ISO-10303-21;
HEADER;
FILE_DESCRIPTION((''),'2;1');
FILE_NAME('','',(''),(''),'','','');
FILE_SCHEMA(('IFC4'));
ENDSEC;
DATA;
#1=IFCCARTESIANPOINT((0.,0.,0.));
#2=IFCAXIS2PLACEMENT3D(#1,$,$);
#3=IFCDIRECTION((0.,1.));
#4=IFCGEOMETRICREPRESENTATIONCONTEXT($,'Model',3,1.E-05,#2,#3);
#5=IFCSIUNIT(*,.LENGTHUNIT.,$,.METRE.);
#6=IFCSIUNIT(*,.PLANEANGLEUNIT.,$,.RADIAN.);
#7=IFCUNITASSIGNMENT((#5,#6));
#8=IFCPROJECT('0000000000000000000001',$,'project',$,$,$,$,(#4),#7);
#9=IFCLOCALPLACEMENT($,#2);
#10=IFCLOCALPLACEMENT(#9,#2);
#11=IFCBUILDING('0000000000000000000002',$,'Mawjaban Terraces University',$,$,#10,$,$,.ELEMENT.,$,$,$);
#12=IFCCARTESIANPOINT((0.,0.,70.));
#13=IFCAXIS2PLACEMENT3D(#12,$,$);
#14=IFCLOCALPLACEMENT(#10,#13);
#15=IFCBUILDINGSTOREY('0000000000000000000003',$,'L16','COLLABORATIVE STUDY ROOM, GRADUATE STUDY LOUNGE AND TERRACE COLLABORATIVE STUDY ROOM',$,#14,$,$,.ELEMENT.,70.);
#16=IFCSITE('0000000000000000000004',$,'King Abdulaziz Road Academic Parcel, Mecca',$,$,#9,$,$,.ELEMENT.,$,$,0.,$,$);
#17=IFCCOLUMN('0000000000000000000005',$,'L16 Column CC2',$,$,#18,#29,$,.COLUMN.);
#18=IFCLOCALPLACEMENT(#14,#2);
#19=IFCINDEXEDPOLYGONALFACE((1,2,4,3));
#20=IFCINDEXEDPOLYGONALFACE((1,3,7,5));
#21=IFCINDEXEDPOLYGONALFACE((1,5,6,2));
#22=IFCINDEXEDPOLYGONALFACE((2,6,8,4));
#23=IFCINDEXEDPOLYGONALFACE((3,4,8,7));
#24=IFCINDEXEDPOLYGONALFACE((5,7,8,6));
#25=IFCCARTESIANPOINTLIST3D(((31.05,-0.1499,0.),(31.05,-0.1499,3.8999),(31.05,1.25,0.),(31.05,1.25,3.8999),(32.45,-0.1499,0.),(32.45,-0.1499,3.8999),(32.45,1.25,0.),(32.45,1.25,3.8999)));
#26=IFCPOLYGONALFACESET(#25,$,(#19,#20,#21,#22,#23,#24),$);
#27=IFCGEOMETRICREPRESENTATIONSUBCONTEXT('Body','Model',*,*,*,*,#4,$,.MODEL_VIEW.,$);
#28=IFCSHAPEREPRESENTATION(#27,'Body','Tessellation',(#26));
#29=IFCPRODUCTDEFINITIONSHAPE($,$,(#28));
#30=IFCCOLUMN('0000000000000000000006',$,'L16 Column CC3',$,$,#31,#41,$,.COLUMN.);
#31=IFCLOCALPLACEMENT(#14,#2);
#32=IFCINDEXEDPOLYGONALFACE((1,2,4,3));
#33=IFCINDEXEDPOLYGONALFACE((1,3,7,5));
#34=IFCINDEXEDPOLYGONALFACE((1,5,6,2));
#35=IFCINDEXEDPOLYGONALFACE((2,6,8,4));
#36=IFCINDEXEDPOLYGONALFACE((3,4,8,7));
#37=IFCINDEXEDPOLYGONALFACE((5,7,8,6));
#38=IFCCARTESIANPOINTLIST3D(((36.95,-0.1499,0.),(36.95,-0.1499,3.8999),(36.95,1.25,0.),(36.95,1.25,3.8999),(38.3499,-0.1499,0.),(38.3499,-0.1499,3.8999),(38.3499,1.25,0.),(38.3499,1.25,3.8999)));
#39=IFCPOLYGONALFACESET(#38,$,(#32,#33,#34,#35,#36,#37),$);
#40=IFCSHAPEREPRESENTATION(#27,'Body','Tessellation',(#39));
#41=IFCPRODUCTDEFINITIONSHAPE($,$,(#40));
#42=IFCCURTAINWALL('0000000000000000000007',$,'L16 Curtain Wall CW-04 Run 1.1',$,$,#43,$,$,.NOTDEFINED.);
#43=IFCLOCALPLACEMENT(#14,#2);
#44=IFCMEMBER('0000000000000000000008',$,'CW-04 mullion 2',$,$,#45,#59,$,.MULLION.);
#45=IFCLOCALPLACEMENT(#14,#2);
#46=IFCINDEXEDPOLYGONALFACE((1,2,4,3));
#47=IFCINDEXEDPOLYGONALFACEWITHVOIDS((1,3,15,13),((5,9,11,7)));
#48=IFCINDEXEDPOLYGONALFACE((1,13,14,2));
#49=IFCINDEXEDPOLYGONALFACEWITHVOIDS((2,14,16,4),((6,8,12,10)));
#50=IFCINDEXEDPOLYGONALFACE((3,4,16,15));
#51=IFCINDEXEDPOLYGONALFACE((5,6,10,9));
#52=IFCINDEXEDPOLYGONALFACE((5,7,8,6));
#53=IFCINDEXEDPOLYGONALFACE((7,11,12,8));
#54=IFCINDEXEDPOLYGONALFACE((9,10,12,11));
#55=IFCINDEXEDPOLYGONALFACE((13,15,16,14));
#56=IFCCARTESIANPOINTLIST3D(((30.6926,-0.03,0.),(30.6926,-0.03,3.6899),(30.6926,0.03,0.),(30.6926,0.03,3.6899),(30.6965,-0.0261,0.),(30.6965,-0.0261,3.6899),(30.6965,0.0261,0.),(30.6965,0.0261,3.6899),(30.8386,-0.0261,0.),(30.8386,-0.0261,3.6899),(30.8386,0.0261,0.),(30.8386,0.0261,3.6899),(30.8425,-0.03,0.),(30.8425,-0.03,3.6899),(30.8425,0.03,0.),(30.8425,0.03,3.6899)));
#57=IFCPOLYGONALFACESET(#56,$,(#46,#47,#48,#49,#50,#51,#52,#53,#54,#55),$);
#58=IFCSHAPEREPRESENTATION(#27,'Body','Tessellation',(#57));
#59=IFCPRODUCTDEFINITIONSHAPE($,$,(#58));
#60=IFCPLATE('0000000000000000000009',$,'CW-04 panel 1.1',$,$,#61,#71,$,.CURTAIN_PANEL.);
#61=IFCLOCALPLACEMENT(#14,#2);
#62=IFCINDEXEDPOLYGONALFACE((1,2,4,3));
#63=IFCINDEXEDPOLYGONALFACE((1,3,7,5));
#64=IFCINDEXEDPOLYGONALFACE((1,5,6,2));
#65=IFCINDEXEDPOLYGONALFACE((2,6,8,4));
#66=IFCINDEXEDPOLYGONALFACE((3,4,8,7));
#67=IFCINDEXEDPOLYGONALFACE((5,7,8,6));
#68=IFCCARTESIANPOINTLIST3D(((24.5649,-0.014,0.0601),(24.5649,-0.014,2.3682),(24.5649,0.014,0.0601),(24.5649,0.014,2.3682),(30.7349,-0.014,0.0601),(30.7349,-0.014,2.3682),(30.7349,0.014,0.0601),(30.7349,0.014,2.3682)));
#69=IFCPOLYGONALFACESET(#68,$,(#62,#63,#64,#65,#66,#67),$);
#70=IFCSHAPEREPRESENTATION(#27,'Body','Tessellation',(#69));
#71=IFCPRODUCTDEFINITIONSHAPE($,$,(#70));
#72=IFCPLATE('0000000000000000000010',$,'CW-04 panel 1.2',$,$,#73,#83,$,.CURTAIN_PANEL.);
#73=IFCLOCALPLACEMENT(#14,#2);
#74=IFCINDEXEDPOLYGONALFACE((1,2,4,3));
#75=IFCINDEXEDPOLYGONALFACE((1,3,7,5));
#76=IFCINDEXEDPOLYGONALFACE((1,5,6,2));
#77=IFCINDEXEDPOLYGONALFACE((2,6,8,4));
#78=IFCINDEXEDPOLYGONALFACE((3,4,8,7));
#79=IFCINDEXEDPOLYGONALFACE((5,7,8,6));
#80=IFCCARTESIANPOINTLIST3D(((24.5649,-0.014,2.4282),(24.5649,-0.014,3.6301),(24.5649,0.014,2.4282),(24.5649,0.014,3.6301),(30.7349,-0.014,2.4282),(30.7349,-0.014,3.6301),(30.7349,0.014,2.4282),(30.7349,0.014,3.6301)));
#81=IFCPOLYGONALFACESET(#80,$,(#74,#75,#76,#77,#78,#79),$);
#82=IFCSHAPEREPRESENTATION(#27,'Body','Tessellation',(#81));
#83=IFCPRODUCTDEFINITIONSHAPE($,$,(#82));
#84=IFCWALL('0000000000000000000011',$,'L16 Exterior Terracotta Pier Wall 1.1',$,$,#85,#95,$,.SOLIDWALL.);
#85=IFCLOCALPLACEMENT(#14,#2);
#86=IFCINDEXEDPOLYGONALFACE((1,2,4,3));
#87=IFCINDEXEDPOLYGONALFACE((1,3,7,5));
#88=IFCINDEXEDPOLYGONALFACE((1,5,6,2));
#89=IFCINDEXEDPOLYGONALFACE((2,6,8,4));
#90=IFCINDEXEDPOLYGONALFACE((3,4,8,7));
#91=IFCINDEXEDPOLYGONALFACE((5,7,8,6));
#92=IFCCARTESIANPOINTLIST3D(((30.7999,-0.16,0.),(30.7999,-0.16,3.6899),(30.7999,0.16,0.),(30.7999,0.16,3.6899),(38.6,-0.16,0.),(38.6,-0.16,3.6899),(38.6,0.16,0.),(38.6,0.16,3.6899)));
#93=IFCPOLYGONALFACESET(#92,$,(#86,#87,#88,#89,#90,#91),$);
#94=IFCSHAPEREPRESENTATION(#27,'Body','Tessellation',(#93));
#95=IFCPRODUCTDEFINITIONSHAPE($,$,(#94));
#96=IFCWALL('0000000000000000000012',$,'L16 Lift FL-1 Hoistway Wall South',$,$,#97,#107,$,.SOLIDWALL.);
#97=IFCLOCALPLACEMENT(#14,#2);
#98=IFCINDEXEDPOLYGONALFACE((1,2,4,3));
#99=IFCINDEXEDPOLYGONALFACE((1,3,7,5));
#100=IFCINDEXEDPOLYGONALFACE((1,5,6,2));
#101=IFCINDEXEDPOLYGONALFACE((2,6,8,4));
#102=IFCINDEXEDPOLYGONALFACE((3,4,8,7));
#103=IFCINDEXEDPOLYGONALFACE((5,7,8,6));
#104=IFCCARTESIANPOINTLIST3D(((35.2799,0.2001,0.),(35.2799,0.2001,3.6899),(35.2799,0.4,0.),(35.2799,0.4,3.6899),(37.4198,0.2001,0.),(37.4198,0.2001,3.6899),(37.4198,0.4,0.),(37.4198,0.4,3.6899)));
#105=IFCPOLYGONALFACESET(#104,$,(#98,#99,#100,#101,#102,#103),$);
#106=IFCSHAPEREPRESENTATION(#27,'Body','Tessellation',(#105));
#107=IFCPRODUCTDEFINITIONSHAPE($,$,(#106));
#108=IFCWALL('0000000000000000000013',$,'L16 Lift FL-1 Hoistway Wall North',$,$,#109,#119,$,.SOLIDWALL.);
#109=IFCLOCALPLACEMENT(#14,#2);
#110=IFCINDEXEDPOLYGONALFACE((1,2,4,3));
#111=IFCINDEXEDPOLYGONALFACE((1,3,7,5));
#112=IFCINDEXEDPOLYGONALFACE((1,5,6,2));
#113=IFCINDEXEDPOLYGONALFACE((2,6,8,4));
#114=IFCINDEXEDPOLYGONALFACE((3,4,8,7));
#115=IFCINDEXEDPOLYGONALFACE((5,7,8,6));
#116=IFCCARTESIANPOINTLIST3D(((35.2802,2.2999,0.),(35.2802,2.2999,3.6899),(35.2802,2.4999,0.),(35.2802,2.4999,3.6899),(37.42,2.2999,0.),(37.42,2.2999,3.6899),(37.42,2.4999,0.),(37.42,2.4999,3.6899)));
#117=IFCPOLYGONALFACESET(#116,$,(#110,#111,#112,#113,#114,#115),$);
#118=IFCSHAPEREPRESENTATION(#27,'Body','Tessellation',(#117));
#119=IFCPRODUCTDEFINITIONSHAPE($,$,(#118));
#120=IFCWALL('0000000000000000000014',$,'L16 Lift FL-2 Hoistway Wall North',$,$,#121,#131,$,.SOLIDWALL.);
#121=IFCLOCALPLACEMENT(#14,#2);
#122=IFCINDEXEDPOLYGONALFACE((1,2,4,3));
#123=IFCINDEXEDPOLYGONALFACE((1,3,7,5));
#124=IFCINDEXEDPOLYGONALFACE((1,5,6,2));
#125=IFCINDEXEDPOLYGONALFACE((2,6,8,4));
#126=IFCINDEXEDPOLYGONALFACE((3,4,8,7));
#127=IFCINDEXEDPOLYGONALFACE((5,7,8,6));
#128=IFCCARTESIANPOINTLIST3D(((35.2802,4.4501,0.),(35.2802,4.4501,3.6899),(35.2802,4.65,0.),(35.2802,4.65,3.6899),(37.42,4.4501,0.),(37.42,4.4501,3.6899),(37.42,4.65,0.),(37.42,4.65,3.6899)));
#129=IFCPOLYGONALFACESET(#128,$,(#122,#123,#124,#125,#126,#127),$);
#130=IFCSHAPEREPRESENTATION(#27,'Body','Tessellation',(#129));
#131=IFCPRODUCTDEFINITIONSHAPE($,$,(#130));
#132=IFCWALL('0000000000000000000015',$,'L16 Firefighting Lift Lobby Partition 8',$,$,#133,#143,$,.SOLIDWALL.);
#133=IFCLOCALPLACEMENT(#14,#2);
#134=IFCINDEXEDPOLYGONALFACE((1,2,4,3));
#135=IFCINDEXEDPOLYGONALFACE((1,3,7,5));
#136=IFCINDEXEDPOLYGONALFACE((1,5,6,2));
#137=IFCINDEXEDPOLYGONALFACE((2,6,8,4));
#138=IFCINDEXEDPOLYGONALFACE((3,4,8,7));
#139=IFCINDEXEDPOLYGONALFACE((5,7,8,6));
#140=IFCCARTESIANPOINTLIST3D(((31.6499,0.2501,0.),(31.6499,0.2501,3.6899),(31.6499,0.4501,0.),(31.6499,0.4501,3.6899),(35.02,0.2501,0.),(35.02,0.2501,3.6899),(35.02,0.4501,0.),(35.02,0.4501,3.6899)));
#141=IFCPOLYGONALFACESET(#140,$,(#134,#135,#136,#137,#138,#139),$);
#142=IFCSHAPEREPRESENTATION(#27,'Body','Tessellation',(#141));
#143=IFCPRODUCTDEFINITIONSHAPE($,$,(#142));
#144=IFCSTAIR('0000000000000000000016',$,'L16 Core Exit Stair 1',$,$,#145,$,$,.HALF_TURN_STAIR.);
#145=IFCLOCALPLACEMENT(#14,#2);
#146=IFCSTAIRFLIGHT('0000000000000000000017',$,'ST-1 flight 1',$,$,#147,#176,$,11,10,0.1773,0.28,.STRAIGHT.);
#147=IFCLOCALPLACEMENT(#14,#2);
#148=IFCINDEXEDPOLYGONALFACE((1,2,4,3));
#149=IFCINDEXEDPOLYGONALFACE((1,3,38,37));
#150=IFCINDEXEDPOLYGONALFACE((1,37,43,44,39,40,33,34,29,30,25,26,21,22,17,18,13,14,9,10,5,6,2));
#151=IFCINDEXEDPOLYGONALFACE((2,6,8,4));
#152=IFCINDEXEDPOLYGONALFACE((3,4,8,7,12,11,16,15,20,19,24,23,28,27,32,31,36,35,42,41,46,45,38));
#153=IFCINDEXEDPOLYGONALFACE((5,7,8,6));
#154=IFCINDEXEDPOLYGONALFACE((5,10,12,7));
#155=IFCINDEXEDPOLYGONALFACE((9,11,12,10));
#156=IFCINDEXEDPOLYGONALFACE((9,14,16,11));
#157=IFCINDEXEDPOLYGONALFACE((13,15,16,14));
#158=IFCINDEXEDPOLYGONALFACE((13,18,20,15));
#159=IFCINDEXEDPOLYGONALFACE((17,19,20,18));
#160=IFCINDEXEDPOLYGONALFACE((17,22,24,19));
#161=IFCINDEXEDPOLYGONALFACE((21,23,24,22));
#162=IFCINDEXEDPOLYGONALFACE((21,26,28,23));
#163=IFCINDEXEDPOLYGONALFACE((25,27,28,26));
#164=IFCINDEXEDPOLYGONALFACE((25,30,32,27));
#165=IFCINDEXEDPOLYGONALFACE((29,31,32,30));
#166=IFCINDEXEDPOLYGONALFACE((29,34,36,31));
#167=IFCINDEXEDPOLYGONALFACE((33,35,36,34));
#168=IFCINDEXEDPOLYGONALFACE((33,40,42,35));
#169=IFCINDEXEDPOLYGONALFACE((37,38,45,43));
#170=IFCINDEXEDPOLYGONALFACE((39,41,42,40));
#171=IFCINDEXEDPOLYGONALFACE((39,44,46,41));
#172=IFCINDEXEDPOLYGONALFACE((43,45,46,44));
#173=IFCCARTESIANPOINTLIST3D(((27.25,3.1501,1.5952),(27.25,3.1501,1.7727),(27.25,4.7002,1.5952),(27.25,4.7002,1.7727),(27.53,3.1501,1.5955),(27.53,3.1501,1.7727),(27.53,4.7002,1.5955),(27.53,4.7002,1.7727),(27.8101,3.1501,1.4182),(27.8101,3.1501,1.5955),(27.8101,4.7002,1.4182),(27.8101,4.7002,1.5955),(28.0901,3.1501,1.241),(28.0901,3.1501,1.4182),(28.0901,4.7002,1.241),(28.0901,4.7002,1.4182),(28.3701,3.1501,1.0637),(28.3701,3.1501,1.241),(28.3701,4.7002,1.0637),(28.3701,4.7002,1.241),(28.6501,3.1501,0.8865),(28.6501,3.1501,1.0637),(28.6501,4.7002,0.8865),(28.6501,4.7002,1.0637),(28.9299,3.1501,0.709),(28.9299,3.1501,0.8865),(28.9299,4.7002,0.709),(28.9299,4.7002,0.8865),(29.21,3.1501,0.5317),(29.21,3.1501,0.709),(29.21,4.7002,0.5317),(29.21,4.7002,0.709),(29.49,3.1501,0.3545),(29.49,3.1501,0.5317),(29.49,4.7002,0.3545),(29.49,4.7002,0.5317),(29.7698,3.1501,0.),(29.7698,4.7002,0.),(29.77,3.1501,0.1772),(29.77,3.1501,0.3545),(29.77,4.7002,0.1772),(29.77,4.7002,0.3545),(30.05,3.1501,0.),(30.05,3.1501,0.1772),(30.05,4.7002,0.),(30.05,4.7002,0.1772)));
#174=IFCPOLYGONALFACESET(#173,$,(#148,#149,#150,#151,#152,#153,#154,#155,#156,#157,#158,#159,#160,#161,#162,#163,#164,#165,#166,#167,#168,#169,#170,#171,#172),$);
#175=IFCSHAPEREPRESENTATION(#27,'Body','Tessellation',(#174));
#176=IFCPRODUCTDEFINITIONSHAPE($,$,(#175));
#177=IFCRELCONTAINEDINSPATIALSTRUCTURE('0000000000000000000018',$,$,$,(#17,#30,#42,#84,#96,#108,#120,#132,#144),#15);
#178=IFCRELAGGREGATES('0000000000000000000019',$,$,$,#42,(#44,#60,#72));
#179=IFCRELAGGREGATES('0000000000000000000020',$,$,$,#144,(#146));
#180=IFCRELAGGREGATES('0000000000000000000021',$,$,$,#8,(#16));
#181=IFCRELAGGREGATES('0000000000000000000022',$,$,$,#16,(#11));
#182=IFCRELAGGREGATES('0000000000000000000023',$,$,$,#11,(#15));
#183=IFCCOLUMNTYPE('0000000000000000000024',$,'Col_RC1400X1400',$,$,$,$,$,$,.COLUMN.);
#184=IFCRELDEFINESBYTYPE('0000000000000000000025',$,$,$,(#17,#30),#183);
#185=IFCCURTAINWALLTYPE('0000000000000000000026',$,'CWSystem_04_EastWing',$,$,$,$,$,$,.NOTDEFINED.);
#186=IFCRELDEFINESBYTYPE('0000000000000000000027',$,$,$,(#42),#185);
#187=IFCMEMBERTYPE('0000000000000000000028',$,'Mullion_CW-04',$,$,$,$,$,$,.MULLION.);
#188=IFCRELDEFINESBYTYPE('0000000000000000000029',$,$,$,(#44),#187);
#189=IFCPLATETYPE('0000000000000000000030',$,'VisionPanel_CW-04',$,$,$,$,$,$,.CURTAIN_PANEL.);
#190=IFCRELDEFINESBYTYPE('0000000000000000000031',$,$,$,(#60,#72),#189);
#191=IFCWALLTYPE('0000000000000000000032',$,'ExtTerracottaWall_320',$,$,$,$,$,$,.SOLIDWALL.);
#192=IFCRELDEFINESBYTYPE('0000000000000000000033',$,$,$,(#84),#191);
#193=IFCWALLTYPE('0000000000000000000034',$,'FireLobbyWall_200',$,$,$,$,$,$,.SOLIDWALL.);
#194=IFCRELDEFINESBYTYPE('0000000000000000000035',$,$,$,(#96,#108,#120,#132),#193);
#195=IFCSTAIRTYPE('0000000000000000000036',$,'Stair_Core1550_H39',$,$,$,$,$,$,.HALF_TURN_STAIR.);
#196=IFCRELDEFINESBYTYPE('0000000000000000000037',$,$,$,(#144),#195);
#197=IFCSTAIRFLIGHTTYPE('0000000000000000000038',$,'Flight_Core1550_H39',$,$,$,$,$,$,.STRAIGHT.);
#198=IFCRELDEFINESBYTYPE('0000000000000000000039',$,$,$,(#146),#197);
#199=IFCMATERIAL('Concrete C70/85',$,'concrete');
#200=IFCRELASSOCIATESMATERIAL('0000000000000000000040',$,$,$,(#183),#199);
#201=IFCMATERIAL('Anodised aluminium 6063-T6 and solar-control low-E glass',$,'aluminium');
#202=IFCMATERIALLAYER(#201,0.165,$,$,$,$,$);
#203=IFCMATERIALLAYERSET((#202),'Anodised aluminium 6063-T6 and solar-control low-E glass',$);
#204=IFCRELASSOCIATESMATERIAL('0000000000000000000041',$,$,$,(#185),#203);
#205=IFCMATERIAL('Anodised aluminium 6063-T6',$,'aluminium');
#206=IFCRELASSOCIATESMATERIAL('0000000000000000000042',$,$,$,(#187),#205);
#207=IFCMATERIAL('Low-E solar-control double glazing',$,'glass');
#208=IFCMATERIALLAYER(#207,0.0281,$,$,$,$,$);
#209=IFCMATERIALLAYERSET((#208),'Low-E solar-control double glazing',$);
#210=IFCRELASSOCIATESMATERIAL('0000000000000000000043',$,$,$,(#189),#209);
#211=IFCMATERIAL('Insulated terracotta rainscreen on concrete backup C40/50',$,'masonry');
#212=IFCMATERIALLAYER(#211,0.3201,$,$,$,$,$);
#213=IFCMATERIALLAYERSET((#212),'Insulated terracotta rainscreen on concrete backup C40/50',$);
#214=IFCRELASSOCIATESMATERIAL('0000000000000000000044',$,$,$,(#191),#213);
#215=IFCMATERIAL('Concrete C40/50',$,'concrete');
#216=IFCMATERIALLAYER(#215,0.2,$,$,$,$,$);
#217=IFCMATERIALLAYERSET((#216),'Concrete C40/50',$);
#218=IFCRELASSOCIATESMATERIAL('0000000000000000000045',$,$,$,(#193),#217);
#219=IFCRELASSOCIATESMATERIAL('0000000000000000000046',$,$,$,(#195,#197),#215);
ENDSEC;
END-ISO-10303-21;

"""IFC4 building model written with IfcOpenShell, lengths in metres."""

from ifc_helpers import new_model, si_unit, direction, frame, frame_2d, origin, origin_2d, place, context, subcontext, project, spatial, polyline, rectangle, hollow_rectangle, outline, extrude, material, layer, layer_set, material_profile, profile_set, type_object, element, aggregate, save


model = new_model("IFC4")

# Units and contexts
model_context = context("Model", 3, precision=1e-05, world=origin(), true_north=direction((0.0, 1.0)))
body_context = subcontext(model_context, "Body", "Model", "MODEL_VIEW")
ifc_project = project(units=[si_unit("LENGTHUNIT", "METRE"), si_unit("PLANEANGLEUNIT", "RADIAN")], contexts=[model_context])

# Site, building, storey
site_placement = place(None, origin())
site = spatial("IfcSite", under=ifc_project, at=site_placement, Name="King Abdulaziz Road Academic Parcel, Mecca", CompositionType="ELEMENT", RefElevation=0.0)
building_placement = place(site_placement, origin())
building = spatial("IfcBuilding", under=site, at=building_placement, Name="Mawjaban Terraces University", CompositionType="ELEMENT")
storey_placement = place(building_placement, frame((0.0, 0.0, 70.0)))
storey = spatial("IfcBuildingStorey", under=building, at=storey_placement, Name="L16", Description="COLLABORATIVE STUDY ROOM, GRADUATE STUDY LOUNGE AND TERRACE COLLABORATIVE STUDY ROOM", CompositionType="ELEMENT", Elevation=70.0)

# Columns
ifc_material_1 = material(Name="Concrete C70/85", Category="concrete")
ifc_material_profile_1 = material_profile(ifc_material_1, rectangle(XDim=1.3999, YDim=1.3999, at=origin_2d()), Name="RC1400X1400")
ifc_profile_set_1 = profile_set([ifc_material_profile_1], Name="Concrete C70/85")
column_type = type_object("IfcColumnType", Name="Col_RC1400X1400", PredefinedType="COLUMN", material=ifc_profile_set_1)
for number, where, z_axis, x_axis, name in (
    (1, (31.75, 0.55, 0.0), (0.0, 0.0, 1.0), (1.0, 0.0, 0.0), "L16 Column CC2"),
    (2, (37.6499, 0.55, 0.0), (0.0, 0.0, 1.0), (1.0, 0.0, 0.0), "L16 Column CC3"),
):
    element("IfcColumn", number, at=place(storey_placement, frame(where, z_axis=z_axis, x_axis=x_axis)), inside=storey, type_object=column_type, Name=name, PredefinedType="COLUMN", context=body_context, shape_type="SweptSolid", body=[
        extrude(rectangle(XDim=1.3999, YDim=1.3999, at=origin_2d()), origin(), (0.0, 0.0, 1.0), 3.8999),
    ])

# Curtain wall, member, plates
ifc_material_2 = material(Name="Anodised aluminium 6063-T6 and solar-control low-E glass", Category="aluminium")
ifc_layer_1 = layer(ifc_material_2, 0.165)
ifc_layer_set_1 = layer_set([ifc_layer_1], Name="Anodised aluminium 6063-T6 and solar-control low-E glass")
curtain_wall_type = type_object("IfcCurtainWallType", Name="CWSystem_04_EastWing", PredefinedType="NOTDEFINED", material=ifc_layer_set_1)
curtain_wall_placement = place(storey_placement, origin())
curtain_wall = element("IfcCurtainWall", 3, at=curtain_wall_placement, inside=storey, type_object=curtain_wall_type, Name="L16 Curtain Wall CW-04 Run 1.1", PredefinedType="NOTDEFINED")
ifc_material_3 = material(Name="Anodised aluminium 6063-T6", Category="aluminium")
ifc_material_profile_2 = material_profile(ifc_material_3, hollow_rectangle(XDim=0.0601, YDim=0.1499, WallThickness=0.0039, at=origin_2d()), Name="ALU150X60X4")
ifc_profile_set_2 = profile_set([ifc_material_profile_2], Name="Anodised aluminium 6063-T6")
member_type = type_object("IfcMemberType", Name="Mullion_CW-04", PredefinedType="MULLION", material=ifc_profile_set_2)
member_placement = place(storey_placement, frame((30.7676, 0.0, 0.0), z_axis=(0.0, 0.0, 1.0), x_axis=(0.0, 1.0, 0.0)))
member = element("IfcMember", 4, at=member_placement, type_object=member_type, Name="CW-04 mullion 2", PredefinedType="MULLION", context=body_context, shape_type="SweptSolid", body=[
    extrude(hollow_rectangle(XDim=0.0601, YDim=0.1499, WallThickness=0.0039, at=origin_2d()), origin(), (0.0, 0.0, 1.0), 3.6899),
])
ifc_material_4 = material(Name="Low-E solar-control double glazing", Category="glass")
ifc_layer_2 = layer(ifc_material_4, 0.0281)
ifc_layer_set_2 = layer_set([ifc_layer_2], Name="Low-E solar-control double glazing")
plate_type = type_object("IfcPlateType", Name="VisionPanel_CW-04", PredefinedType="CURTAIN_PANEL", material=ifc_layer_set_2)
plate_1_placement = place(storey_placement, frame((27.6499, 0.0, 0.0601), z_axis=(0.0, 0.0, 1.0), x_axis=(1.0, 0.0, 0.0)))
plate_1 = element("IfcPlate", 5, at=plate_1_placement, type_object=plate_type, Name="CW-04 panel 1.1", PredefinedType="CURTAIN_PANEL", context=body_context, shape_type="SweptSolid", body=[
    extrude(rectangle(XDim=6.1699, YDim=0.0281, at=origin_2d()), origin(), (0.0, 0.0, 1.0), 2.3081),
])
plate_2_placement = place(storey_placement, frame((27.6499, 0.0, 2.4282), z_axis=(0.0, 0.0, 1.0), x_axis=(1.0, 0.0, 0.0)))
plate_2 = element("IfcPlate", 6, at=plate_2_placement, type_object=plate_type, Name="CW-04 panel 1.2", PredefinedType="CURTAIN_PANEL", context=body_context, shape_type="SweptSolid", body=[
    extrude(rectangle(XDim=6.1699, YDim=0.0281, at=origin_2d()), origin(), (0.0, 0.0, 1.0), 1.2019),
])
aggregate(curtain_wall, [member, plate_1, plate_2])

# Wall
ifc_material_5 = material(Name="Insulated terracotta rainscreen on concrete backup C40/50", Category="masonry")
ifc_layer_3 = layer(ifc_material_5, 0.3201)
ifc_layer_set_3 = layer_set([ifc_layer_3], Name="Insulated terracotta rainscreen on concrete backup C40/50")
wall_type_1 = type_object("IfcWallType", Name="ExtTerracottaWall_320", PredefinedType="SOLIDWALL", material=ifc_layer_set_3)
wall_1_placement = place(storey_placement, frame((30.8, 0.0, 0.0), z_axis=(0.0, 0.0, 1.0), x_axis=(1.0, 0.0, 0.0)))
element("IfcWall", 7, at=wall_1_placement, inside=storey, type_object=wall_type_1, Name="L16 Exterior Terracotta Pier Wall 1.1", PredefinedType="SOLIDWALL", context=body_context, shape_type="SweptSolid", body=[
    extrude(rectangle(XDim=7.8, YDim=0.3201, at=frame_2d((3.8999, 0.0))), origin(), (0.0, 0.0, 1.0), 3.6899),
])

# Shared definitions
ifc_material_6 = material(Name="Concrete C40/50", Category="concrete")
ifc_layer_4 = layer(ifc_material_6, 0.2)
ifc_layer_set_4 = layer_set([ifc_layer_4], Name="Concrete C40/50")
wall_type_2 = type_object("IfcWallType", Name="FireLobbyWall_200", PredefinedType="SOLIDWALL", material=ifc_layer_set_4)

# Walls
for number, where, z_axis, x_axis, name in (
    (8, (35.28, 0.3, 0.0), (0.0, 0.0, 1.0), (1.0, 0.0, 0.0), "L16 Lift FL-1 Hoistway Wall South"),
    (9, (37.4199, 2.3999, 0.0), (0.0, 0.0, 1.0), (-1.0, 0.0, 0.0), "L16 Lift FL-1 Hoistway Wall North"),
):
    element("IfcWall", number, at=place(storey_placement, frame(where, z_axis=z_axis, x_axis=x_axis)), inside=storey, type_object=wall_type_2, Name=name, PredefinedType="SOLIDWALL", context=body_context, shape_type="SweptSolid", body=[
        extrude(rectangle(XDim=2.1399, YDim=0.2, at=frame_2d((1.0698, 0.0))), origin(), (0.0, 0.0, 1.0), 3.6899),
    ])

# Walls
wall_2_placement = place(storey_placement, frame((37.4199, 4.55, 0.0), z_axis=(0.0, 0.0, 1.0), x_axis=(-1.0, 0.0, 0.0)))
element("IfcWall", 10, at=wall_2_placement, inside=storey, type_object=wall_type_2, Name="L16 Lift FL-2 Hoistway Wall North", PredefinedType="SOLIDWALL", context=body_context, shape_type="SweptSolid", body=[
    extrude(rectangle(XDim=2.1399, YDim=0.2, at=frame_2d((1.0698, 0.0))), origin(), (0.0, 0.0, 1.0), 3.6899),
])
wall_3_placement = place(storey_placement, frame((31.6499, 0.3501, 0.0), z_axis=(0.0, 0.0, 1.0), x_axis=(1.0, 0.0, 0.0)))
element("IfcWall", 11, at=wall_3_placement, inside=storey, type_object=wall_type_2, Name="L16 Firefighting Lift Lobby Partition 8", PredefinedType="SOLIDWALL", context=body_context, shape_type="SweptSolid", body=[
    extrude(rectangle(XDim=3.3701, YDim=0.2, at=frame_2d((1.6851, 0.0))), origin(), (0.0, 0.0, 1.0), 3.6899),
])

# Stair, stair flight
stair_type = type_object("IfcStairType", Name="Stair_Core1550_H39", PredefinedType="HALF_TURN_STAIR", material=ifc_material_6)
stair_placement = place(storey_placement, origin())
stair = element("IfcStair", 12, at=stair_placement, inside=storey, type_object=stair_type, Name="L16 Core Exit Stair 1", PredefinedType="HALF_TURN_STAIR")
stair_flight_type = type_object("IfcStairFlightType", Name="Flight_Core1550_H39", PredefinedType="STRAIGHT", material=ifc_material_6)
stair_flight_1_placement = place(storey_placement, frame((30.05, 3.925, 0.0), z_axis=(0.0, 0.0, 1.0), x_axis=(-1.0, 0.0, 0.0)))
stair_flight_1 = element("IfcStairFlight", 13, at=stair_flight_1_placement, type_object=stair_flight_type, Name="ST-1 flight 1", NumberOfRisers=11, NumberOfTreads=10, PredefinedType="STRAIGHT", RiserHeight=0.1773, TreadLength=0.28, context=body_context, shape_type="SweptSolid", body=[
    extrude(outline(polyline([(0.0, 0.0), (0.0, 0.1772), (0.28, 0.1772), (0.28, 0.3545), (0.5601, 0.3545), (0.5601, 0.5317), (0.8401, 0.5317), (0.8401, 0.709), (1.1201, 0.709), (1.1201, 0.8865), (1.3999, 0.8865), (1.3999, 1.0637), (1.6799, 1.0637), (1.6799, 1.241), (1.96, 1.241), (1.96, 1.4182), (2.24, 1.4182), (2.24, 1.5955), (2.52, 1.5955), (2.52, 1.7727), (2.8, 1.7727), (2.8, 1.95), (2.8, 1.5952), (0.2803, 0.0), (0.0, 0.0)])), frame((0.0, 0.7749, 0.0), z_axis=(0.0, -1.0, 0.0), x_axis=(1.0, 0.0, 0.0)), (0.0, 0.0, 1.0), 1.55),
])
aggregate(stair, [stair_flight_1])

save(model, "model.ifc")
